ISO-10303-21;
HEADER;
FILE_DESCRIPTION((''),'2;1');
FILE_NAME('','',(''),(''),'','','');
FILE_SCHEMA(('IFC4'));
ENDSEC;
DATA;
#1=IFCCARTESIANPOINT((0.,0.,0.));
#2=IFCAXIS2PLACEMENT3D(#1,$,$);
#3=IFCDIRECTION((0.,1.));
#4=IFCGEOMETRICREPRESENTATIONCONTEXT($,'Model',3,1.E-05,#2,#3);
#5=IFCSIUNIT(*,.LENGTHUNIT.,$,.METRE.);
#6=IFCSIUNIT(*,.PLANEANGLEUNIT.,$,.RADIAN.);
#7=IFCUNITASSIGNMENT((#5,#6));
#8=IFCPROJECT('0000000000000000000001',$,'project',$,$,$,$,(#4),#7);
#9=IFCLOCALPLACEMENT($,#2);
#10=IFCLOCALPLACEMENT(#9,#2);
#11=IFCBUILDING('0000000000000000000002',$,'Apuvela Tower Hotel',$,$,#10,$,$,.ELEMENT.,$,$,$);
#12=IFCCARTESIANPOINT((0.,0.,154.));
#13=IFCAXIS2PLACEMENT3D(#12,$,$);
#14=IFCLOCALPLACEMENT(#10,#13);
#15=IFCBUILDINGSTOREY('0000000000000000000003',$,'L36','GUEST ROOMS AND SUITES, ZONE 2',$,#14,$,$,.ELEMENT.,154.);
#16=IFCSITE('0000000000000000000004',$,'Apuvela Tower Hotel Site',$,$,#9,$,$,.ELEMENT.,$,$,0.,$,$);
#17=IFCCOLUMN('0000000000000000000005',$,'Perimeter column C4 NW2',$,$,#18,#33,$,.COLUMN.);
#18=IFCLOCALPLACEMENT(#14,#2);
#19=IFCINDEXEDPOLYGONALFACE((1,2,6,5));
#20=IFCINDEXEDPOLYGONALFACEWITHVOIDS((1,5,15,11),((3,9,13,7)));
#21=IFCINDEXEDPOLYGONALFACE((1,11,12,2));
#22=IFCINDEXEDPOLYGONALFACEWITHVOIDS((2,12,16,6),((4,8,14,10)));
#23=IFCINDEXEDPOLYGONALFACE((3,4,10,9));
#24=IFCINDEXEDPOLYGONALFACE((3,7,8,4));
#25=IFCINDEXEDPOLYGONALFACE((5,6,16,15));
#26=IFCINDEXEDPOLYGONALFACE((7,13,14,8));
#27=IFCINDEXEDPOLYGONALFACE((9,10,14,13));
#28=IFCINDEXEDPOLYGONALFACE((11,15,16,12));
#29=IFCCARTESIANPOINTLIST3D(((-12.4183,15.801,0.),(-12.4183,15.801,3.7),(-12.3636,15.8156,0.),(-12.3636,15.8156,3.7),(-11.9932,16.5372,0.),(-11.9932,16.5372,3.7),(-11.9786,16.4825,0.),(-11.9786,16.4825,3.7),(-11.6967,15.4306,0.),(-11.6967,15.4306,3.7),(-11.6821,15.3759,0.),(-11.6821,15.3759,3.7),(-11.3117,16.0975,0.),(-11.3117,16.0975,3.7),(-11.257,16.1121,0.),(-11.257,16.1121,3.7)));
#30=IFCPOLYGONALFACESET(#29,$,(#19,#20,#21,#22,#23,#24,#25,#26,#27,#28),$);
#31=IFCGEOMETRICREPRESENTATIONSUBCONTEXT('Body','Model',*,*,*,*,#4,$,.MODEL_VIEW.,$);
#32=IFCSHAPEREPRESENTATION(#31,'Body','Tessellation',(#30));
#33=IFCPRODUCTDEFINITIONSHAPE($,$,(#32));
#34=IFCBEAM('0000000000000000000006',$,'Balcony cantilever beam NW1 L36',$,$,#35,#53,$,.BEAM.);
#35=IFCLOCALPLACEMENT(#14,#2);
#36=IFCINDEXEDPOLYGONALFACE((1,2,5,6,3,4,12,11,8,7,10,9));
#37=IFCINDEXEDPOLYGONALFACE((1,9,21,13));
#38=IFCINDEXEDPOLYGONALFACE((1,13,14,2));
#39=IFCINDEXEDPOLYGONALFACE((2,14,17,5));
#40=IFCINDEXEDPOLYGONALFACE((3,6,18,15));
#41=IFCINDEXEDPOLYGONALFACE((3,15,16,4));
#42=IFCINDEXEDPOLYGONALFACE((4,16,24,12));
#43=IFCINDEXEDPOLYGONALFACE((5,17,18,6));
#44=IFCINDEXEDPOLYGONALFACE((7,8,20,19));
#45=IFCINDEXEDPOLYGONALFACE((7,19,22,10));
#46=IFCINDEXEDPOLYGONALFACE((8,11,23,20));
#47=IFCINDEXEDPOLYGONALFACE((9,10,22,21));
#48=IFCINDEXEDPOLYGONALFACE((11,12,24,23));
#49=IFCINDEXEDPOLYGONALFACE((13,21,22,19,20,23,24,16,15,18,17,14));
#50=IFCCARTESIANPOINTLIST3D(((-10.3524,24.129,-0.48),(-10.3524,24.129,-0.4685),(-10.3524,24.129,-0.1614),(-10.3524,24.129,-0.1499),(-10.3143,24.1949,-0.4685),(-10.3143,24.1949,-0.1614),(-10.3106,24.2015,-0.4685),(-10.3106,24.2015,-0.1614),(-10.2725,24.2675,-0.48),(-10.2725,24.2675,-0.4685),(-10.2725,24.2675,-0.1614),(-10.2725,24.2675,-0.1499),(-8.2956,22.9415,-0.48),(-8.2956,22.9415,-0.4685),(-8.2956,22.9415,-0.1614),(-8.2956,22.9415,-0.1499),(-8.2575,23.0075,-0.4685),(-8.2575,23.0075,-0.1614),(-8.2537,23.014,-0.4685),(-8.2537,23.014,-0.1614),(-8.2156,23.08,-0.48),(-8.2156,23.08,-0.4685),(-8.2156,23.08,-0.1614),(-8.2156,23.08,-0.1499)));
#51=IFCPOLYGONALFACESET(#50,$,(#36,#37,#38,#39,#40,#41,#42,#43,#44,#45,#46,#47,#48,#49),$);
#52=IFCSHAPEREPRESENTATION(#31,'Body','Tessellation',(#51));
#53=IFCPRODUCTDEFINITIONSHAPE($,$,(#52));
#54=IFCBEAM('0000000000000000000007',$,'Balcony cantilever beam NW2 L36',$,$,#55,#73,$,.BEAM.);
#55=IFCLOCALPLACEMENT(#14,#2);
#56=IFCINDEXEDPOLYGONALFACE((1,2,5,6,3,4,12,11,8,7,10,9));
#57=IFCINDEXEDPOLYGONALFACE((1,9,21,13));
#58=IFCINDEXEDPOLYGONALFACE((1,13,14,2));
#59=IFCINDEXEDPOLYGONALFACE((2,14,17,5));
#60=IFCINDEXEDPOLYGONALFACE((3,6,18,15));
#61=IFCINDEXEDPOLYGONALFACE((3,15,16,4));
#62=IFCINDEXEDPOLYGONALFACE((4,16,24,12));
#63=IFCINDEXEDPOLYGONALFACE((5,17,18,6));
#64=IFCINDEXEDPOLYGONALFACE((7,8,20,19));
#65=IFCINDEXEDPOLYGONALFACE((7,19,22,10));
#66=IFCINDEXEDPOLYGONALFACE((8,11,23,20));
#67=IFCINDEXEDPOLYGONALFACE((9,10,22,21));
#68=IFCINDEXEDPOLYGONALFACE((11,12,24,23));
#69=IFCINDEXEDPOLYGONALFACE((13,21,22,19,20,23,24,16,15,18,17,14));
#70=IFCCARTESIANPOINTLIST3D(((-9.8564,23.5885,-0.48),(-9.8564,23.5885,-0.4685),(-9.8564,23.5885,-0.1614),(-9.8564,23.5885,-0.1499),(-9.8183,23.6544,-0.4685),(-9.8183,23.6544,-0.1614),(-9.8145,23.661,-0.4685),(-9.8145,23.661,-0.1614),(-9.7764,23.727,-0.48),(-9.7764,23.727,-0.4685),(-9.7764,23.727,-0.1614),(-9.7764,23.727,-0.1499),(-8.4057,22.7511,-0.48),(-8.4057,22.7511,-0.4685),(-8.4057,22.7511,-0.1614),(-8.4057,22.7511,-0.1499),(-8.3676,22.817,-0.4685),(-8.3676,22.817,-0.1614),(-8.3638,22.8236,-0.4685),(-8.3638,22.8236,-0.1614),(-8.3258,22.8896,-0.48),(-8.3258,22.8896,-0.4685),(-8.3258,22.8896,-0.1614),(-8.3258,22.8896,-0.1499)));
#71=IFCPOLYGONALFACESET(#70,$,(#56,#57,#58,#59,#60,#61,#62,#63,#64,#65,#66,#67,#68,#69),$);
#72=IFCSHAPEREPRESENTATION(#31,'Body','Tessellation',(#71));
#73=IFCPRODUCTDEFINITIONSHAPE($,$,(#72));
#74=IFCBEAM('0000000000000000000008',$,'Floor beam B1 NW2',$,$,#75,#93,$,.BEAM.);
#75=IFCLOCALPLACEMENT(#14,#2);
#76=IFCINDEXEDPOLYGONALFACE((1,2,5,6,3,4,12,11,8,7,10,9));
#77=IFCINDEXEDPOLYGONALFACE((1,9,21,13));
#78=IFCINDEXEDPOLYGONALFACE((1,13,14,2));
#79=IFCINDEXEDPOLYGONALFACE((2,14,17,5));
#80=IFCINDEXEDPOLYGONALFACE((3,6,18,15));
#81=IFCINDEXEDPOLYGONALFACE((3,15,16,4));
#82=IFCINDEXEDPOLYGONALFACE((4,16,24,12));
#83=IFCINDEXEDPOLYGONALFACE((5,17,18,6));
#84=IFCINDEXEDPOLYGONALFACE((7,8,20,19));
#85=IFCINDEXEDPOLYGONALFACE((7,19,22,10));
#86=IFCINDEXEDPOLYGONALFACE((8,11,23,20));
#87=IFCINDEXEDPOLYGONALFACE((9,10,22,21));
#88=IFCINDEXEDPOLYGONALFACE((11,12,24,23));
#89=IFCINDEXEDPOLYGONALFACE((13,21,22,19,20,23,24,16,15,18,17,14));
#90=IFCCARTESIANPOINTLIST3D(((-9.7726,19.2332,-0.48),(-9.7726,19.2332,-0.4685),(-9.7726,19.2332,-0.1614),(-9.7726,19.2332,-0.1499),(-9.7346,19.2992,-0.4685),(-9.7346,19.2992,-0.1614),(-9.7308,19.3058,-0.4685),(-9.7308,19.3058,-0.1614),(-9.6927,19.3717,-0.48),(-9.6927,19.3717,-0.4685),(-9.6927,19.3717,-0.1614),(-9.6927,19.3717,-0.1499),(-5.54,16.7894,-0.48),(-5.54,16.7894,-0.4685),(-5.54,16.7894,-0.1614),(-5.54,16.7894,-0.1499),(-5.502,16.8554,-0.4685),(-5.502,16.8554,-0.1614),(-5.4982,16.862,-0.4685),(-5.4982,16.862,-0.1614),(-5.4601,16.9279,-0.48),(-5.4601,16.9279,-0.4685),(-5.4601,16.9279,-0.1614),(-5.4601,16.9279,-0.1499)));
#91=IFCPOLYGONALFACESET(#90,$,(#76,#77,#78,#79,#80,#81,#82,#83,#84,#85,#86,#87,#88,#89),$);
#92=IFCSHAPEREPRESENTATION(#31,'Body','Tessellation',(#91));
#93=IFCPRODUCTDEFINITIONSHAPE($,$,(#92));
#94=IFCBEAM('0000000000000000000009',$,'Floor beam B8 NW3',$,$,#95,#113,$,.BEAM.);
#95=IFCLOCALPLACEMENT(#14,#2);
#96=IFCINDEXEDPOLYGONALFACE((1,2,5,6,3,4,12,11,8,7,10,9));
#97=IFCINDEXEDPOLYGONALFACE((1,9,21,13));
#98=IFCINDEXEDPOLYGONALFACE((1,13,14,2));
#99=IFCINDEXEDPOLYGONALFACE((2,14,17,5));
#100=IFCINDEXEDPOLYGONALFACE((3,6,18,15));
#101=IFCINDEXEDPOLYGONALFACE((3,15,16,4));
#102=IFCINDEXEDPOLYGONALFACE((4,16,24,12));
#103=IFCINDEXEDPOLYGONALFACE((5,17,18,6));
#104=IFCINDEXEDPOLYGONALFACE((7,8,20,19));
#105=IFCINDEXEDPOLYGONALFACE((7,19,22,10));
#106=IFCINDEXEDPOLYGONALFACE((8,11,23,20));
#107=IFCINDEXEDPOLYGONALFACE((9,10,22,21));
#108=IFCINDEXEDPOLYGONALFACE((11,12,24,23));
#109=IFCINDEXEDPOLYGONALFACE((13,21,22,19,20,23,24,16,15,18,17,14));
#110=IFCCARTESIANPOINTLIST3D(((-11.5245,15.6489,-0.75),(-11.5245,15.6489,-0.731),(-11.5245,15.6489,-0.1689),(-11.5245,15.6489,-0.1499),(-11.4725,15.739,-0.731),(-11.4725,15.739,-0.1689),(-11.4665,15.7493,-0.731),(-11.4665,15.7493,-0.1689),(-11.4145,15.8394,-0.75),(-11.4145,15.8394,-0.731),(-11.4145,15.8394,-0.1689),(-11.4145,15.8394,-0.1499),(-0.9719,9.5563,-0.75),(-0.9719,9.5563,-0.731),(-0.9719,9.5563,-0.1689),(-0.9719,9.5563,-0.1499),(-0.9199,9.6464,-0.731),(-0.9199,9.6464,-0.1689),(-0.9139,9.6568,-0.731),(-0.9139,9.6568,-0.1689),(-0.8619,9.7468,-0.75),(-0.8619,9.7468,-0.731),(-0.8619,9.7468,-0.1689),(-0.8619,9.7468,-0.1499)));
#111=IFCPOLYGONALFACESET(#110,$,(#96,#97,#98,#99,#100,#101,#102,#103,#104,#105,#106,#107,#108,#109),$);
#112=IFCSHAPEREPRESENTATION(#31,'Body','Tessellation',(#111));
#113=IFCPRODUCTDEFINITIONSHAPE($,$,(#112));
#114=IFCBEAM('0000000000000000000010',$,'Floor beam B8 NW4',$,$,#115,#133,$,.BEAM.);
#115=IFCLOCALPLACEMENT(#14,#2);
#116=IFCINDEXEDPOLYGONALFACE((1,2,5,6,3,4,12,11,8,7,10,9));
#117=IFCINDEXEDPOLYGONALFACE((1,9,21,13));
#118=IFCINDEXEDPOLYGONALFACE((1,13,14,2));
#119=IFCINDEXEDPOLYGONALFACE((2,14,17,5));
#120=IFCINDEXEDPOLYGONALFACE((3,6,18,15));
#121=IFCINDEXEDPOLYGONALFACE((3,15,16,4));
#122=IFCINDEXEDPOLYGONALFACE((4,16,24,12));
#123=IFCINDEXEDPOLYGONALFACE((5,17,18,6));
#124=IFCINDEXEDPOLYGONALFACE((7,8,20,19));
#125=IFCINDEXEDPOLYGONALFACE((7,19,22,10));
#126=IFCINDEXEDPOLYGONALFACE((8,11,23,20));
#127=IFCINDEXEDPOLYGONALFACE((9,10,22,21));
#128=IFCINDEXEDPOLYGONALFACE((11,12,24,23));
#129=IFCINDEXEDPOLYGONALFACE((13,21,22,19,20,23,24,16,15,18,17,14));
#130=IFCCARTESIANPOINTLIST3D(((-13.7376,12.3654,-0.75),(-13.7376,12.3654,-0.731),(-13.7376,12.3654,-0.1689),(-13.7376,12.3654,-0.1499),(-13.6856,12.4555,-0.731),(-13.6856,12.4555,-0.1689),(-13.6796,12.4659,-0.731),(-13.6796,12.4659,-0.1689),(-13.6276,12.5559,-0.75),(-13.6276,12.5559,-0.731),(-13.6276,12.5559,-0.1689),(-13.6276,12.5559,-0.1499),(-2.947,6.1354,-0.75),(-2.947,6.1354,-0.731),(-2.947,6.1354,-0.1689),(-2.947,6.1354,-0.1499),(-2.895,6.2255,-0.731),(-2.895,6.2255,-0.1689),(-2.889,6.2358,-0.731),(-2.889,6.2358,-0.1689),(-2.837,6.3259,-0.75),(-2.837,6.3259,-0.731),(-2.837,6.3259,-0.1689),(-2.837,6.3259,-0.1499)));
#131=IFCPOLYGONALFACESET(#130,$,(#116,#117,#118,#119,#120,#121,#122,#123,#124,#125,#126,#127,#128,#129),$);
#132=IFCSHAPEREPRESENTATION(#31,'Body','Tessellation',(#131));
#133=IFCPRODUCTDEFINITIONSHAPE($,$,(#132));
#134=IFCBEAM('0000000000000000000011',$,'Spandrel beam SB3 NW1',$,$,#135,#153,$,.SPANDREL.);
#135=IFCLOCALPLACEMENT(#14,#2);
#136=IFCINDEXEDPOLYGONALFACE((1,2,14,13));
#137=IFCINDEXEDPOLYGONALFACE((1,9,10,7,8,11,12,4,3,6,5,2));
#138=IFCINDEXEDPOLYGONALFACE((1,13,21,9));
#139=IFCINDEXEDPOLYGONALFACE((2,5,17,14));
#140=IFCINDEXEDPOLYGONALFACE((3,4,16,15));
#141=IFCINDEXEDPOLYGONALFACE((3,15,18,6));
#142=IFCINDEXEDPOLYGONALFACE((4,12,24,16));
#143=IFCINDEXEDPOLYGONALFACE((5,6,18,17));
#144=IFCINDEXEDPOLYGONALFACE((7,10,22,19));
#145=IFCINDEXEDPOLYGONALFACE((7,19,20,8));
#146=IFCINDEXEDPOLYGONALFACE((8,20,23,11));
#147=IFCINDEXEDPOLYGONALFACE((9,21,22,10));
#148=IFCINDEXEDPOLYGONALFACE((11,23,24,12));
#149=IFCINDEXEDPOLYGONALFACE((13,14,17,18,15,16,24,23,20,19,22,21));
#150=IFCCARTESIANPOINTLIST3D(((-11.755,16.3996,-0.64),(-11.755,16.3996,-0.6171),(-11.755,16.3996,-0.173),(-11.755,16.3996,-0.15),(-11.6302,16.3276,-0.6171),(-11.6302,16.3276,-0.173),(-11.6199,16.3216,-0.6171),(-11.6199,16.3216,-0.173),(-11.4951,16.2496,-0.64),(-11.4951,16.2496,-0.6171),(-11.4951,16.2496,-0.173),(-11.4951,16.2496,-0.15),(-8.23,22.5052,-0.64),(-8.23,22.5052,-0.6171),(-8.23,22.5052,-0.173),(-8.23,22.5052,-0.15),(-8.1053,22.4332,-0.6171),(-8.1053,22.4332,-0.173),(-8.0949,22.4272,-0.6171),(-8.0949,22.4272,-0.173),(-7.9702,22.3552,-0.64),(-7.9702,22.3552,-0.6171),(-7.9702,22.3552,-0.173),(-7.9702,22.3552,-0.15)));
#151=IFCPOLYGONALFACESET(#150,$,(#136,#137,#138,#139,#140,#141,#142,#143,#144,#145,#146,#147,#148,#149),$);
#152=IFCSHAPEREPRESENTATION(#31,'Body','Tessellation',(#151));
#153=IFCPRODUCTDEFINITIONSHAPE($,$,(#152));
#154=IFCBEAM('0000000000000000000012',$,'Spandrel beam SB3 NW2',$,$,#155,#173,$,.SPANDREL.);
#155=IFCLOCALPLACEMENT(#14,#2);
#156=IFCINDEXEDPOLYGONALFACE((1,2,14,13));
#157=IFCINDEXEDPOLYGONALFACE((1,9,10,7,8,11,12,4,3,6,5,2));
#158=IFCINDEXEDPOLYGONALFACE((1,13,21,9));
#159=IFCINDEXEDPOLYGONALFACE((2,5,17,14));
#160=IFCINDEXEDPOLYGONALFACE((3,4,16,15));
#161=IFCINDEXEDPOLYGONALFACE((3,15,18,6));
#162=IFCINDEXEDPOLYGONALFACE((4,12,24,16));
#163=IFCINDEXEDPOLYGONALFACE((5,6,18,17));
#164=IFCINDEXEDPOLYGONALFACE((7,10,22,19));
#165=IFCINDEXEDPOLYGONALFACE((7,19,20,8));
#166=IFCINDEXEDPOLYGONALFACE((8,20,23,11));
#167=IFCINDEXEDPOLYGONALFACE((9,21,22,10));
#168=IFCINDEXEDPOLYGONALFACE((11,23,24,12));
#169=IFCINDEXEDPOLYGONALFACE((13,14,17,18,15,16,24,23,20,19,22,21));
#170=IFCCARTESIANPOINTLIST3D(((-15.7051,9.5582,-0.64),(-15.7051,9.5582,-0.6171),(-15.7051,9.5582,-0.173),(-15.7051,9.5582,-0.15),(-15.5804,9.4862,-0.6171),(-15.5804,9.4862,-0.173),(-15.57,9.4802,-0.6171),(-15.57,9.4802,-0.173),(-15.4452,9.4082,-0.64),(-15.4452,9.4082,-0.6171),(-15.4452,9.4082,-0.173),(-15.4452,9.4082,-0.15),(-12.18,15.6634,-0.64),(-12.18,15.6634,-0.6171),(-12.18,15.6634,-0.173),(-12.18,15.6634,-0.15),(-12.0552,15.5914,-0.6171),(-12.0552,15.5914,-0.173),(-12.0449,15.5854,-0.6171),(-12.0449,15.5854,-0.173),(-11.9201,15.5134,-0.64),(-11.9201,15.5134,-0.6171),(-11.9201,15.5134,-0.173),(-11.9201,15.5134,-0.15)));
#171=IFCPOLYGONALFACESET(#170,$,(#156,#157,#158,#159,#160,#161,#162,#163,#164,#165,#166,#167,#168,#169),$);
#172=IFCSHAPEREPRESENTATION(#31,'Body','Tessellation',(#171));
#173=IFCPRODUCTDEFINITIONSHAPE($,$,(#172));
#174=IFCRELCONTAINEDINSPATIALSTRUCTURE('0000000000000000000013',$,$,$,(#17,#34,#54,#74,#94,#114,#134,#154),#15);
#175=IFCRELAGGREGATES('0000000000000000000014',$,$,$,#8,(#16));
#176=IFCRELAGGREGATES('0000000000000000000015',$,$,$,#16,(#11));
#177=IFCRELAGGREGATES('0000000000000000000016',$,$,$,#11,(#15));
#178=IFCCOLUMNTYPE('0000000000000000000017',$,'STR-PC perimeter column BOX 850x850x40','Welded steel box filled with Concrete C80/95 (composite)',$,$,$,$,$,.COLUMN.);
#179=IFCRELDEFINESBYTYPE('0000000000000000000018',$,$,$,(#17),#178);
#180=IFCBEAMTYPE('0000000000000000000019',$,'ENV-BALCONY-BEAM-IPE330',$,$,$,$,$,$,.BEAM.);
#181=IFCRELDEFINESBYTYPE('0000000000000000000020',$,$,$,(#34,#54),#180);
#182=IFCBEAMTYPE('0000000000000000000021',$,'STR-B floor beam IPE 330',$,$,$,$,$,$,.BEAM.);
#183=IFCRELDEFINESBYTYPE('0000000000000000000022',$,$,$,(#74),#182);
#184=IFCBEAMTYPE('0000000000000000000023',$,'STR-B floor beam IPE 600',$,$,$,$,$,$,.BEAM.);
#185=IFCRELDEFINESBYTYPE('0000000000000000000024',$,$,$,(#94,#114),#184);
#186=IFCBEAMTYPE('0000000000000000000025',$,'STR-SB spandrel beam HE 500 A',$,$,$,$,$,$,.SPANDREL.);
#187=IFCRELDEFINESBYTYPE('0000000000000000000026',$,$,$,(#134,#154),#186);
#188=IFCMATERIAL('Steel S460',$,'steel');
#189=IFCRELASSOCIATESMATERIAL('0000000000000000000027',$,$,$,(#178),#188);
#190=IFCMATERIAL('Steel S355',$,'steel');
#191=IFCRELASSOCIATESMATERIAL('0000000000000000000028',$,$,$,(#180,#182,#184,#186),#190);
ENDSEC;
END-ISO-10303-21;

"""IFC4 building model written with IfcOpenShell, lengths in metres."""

from ifc_helpers import new_model, si_unit, direction, frame, origin, origin_2d, place, context, subcontext, project, spatial, rectangle, hollow_rectangle, i_section, extrude, material, material_profile, profile_set, type_object, element, save


model = new_model("IFC4")

# Units and contexts
model_context = context("Model", 3, precision=1e-05, world=origin(), true_north=direction((0.0, 1.0)))
body_context = subcontext(model_context, "Body", "Model", "MODEL_VIEW")
ifc_project = project(units=[si_unit("LENGTHUNIT", "METRE"), si_unit("PLANEANGLEUNIT", "RADIAN")], contexts=[model_context])

# Site, building, storey
site_placement = place(None, origin())
site = spatial("IfcSite", under=ifc_project, at=site_placement, Name="Apuvela Tower Hotel Site", CompositionType="ELEMENT", RefElevation=0.0)
building_placement = place(site_placement, origin())
building = spatial("IfcBuilding", under=site, at=building_placement, Name="Apuvela Tower Hotel", CompositionType="ELEMENT")
storey_placement = place(building_placement, frame((0.0, 0.0, 154.0)))
storey = spatial("IfcBuildingStorey", under=building, at=storey_placement, Name="L36", Description="GUEST ROOMS AND SUITES, ZONE 2", CompositionType="ELEMENT", Elevation=154.0)

# Column
ifc_material_1 = material(Name="Steel S460", Category="steel")
ifc_material_profile_1 = material_profile(ifc_material_1, hollow_rectangle(XDim=0.8501, YDim=0.8501, WallThickness=0.04, at=origin_2d()), Name="BOX 850x850x40")
ifc_material_2 = material(Name="Concrete C80/95", Category="concrete")
ifc_material_profile_2 = material_profile(ifc_material_2, rectangle(XDim=0.77, YDim=0.77, at=origin_2d()), Name="Concrete C80/95 infill")
ifc_profile_set_1 = profile_set([ifc_material_profile_1, ifc_material_profile_2], Name="Steel S460")
column_type = type_object("IfcColumnType", Name="STR-PC perimeter column BOX 850x850x40", Description="Welded steel box filled with Concrete C80/95 (composite)", PredefinedType="COLUMN", material=ifc_profile_set_1)
column_placement = place(storey_placement, frame((-11.8376, 15.9565, 0.0), z_axis=(0.0, 0.0, 1.0), x_axis=(0.5, 0.866025, 0.0)))
element("IfcColumn", 1, at=column_placement, inside=storey, type_object=column_type, Name="Perimeter column C4 NW2", PredefinedType="COLUMN", context=body_context, shape_type="SweptSolid", body=[
    extrude(hollow_rectangle(XDim=0.8501, YDim=0.8501, WallThickness=0.04, at=origin_2d()), origin(), (0.0, 0.0, 1.0), 3.7),
])

# Beams
ifc_material_3 = material(Name="Steel S355", Category="steel")
ifc_material_profile_3 = material_profile(ifc_material_3, i_section(OverallWidth=0.1599, OverallDepth=0.3301, WebThickness=0.0076, FlangeThickness=0.0115, at=origin_2d()), Name="IPE 330")
ifc_profile_set_2 = profile_set([ifc_material_profile_3], Name="Steel S355")
beam_type_1 = type_object("IfcBeamType", Name="ENV-BALCONY-BEAM-IPE330", PredefinedType="BEAM", material=ifc_profile_set_2)
beam_1_placement = place(storey_placement, frame((-8.2556, 23.0107, -0.3149), z_axis=(-0.866033, 0.499986, 0.0), x_axis=(-0.499986, -0.866033, 0.0)))
element("IfcBeam", 2, at=beam_1_placement, inside=storey, type_object=beam_type_1, Name="Balcony cantilever beam NW1 L36", PredefinedType="BEAM", context=body_context, shape_type="SweptSolid", body=[
    extrude(i_section(OverallWidth=0.1599, OverallDepth=0.3301, WebThickness=0.0076, FlangeThickness=0.0115, at=origin_2d()), origin(), (0.0, 0.0, 1.0), 2.375),
])
beam_2_placement = place(storey_placement, frame((-8.3657, 22.8203, -0.3149), z_axis=(-0.866064, 0.499933, 0.0), x_axis=(-0.499933, -0.866064, 0.0)))
element("IfcBeam", 3, at=beam_2_placement, inside=storey, type_object=beam_type_1, Name="Balcony cantilever beam NW2 L36", PredefinedType="BEAM", context=body_context, shape_type="SweptSolid", body=[
    extrude(i_section(OverallWidth=0.1599, OverallDepth=0.3301, WebThickness=0.0076, FlangeThickness=0.0115, at=origin_2d()), origin(), (0.0, 0.0, 1.0), 1.675),
])
ifc_material_profile_4 = material_profile(ifc_material_3, i_section(OverallWidth=0.1599, OverallDepth=0.3301, WebThickness=0.0076, FlangeThickness=0.0115, at=origin_2d()), Name="IPE 330")
ifc_profile_set_3 = profile_set([ifc_material_profile_4], Name="Steel S355")
beam_type_2 = type_object("IfcBeamType", Name="STR-B floor beam IPE 330", PredefinedType="BEAM", material=ifc_profile_set_3)
beam_3_placement = place(storey_placement, frame((-9.7327, 19.3025, -0.3149), z_axis=(0.866015, -0.500018, 0.0), x_axis=(0.500018, 0.866015, 0.0)))
element("IfcBeam", 4, at=beam_3_placement, inside=storey, type_object=beam_type_2, Name="Floor beam B1 NW2", PredefinedType="BEAM", context=body_context, shape_type="SweptSolid", body=[
    extrude(i_section(OverallWidth=0.1599, OverallDepth=0.3301, WebThickness=0.0076, FlangeThickness=0.0115, at=origin_2d()), origin(), (0.0, 0.0, 1.0), 4.8875),
])
ifc_material_profile_5 = material_profile(ifc_material_3, i_section(OverallWidth=0.22, OverallDepth=0.6001, WebThickness=0.012, FlangeThickness=0.019, at=origin_2d()), Name="IPE 600")
ifc_profile_set_4 = profile_set([ifc_material_profile_5], Name="Steel S355")
beam_type_3 = type_object("IfcBeamType", Name="STR-B floor beam IPE 600", PredefinedType="BEAM", material=ifc_profile_set_4)
beam_4_placement = place(storey_placement, frame((-11.4695, 15.7441, -0.45), z_axis=(0.866024, -0.500003, 0.0), x_axis=(0.500003, 0.866024, 0.0)))
element("IfcBeam", 5, at=beam_4_placement, inside=storey, type_object=beam_type_3, Name="Floor beam B8 NW3", PredefinedType="BEAM", context=body_context, shape_type="SweptSolid", body=[
    extrude(i_section(OverallWidth=0.22, OverallDepth=0.6001, WebThickness=0.012, FlangeThickness=0.019, at=origin_2d()), origin(), (0.0, 0.0, 1.0), 12.1851),
])
beam_5_placement = place(storey_placement, frame((-13.6826, 12.4607, -0.45), z_axis=(0.866023, -0.500004, 0.0), x_axis=(0.500004, 0.866023, 0.0)))
element("IfcBeam", 6, at=beam_5_placement, inside=storey, type_object=beam_type_3, Name="Floor beam B8 NW4", PredefinedType="BEAM", context=body_context, shape_type="SweptSolid", body=[
    extrude(i_section(OverallWidth=0.22, OverallDepth=0.6001, WebThickness=0.012, FlangeThickness=0.019, at=origin_2d()), origin(), (0.0, 0.0, 1.0), 12.46),
])
ifc_material_profile_6 = material_profile(ifc_material_3, i_section(OverallWidth=0.3, OverallDepth=0.49, WebThickness=0.012, FlangeThickness=0.0229, at=origin_2d()), Name="HE 500 A")
ifc_profile_set_5 = profile_set([ifc_material_profile_6], Name="Steel S355")
beam_type_4 = type_object("IfcBeamType", Name="STR-SB spandrel beam HE 500 A", PredefinedType="SPANDREL", material=ifc_profile_set_5)
beam_6_placement = place(storey_placement, frame((-8.1001, 22.4302, -0.395), z_axis=(-0.49999, -0.866031, 0.0), x_axis=(0.866031, -0.49999, 0.0)))
element("IfcBeam", 7, at=beam_6_placement, inside=storey, type_object=beam_type_4, Name="Spandrel beam SB3 NW1", PredefinedType="SPANDREL", context=body_context, shape_type="SweptSolid", body=[
    extrude(i_section(OverallWidth=0.3, OverallDepth=0.49, WebThickness=0.012, FlangeThickness=0.0229, at=origin_2d()), origin(), (0.0, 0.0, 1.0), 7.05),
])
beam_7_placement = place(storey_placement, frame((-12.05, 15.5884, -0.395), z_axis=(-0.500031, -0.866007, 0.0), x_axis=(0.866007, -0.500031, 0.0)))
element("IfcBeam", 8, at=beam_7_placement, inside=storey, type_object=beam_type_4, Name="Spandrel beam SB3 NW2", PredefinedType="SPANDREL", context=body_context, shape_type="SweptSolid", body=[
    extrude(i_section(OverallWidth=0.3, OverallDepth=0.49, WebThickness=0.012, FlangeThickness=0.0229, at=origin_2d()), origin(), (0.0, 0.0, 1.0), 7.0498),
])

save(model, "model.ifc")
